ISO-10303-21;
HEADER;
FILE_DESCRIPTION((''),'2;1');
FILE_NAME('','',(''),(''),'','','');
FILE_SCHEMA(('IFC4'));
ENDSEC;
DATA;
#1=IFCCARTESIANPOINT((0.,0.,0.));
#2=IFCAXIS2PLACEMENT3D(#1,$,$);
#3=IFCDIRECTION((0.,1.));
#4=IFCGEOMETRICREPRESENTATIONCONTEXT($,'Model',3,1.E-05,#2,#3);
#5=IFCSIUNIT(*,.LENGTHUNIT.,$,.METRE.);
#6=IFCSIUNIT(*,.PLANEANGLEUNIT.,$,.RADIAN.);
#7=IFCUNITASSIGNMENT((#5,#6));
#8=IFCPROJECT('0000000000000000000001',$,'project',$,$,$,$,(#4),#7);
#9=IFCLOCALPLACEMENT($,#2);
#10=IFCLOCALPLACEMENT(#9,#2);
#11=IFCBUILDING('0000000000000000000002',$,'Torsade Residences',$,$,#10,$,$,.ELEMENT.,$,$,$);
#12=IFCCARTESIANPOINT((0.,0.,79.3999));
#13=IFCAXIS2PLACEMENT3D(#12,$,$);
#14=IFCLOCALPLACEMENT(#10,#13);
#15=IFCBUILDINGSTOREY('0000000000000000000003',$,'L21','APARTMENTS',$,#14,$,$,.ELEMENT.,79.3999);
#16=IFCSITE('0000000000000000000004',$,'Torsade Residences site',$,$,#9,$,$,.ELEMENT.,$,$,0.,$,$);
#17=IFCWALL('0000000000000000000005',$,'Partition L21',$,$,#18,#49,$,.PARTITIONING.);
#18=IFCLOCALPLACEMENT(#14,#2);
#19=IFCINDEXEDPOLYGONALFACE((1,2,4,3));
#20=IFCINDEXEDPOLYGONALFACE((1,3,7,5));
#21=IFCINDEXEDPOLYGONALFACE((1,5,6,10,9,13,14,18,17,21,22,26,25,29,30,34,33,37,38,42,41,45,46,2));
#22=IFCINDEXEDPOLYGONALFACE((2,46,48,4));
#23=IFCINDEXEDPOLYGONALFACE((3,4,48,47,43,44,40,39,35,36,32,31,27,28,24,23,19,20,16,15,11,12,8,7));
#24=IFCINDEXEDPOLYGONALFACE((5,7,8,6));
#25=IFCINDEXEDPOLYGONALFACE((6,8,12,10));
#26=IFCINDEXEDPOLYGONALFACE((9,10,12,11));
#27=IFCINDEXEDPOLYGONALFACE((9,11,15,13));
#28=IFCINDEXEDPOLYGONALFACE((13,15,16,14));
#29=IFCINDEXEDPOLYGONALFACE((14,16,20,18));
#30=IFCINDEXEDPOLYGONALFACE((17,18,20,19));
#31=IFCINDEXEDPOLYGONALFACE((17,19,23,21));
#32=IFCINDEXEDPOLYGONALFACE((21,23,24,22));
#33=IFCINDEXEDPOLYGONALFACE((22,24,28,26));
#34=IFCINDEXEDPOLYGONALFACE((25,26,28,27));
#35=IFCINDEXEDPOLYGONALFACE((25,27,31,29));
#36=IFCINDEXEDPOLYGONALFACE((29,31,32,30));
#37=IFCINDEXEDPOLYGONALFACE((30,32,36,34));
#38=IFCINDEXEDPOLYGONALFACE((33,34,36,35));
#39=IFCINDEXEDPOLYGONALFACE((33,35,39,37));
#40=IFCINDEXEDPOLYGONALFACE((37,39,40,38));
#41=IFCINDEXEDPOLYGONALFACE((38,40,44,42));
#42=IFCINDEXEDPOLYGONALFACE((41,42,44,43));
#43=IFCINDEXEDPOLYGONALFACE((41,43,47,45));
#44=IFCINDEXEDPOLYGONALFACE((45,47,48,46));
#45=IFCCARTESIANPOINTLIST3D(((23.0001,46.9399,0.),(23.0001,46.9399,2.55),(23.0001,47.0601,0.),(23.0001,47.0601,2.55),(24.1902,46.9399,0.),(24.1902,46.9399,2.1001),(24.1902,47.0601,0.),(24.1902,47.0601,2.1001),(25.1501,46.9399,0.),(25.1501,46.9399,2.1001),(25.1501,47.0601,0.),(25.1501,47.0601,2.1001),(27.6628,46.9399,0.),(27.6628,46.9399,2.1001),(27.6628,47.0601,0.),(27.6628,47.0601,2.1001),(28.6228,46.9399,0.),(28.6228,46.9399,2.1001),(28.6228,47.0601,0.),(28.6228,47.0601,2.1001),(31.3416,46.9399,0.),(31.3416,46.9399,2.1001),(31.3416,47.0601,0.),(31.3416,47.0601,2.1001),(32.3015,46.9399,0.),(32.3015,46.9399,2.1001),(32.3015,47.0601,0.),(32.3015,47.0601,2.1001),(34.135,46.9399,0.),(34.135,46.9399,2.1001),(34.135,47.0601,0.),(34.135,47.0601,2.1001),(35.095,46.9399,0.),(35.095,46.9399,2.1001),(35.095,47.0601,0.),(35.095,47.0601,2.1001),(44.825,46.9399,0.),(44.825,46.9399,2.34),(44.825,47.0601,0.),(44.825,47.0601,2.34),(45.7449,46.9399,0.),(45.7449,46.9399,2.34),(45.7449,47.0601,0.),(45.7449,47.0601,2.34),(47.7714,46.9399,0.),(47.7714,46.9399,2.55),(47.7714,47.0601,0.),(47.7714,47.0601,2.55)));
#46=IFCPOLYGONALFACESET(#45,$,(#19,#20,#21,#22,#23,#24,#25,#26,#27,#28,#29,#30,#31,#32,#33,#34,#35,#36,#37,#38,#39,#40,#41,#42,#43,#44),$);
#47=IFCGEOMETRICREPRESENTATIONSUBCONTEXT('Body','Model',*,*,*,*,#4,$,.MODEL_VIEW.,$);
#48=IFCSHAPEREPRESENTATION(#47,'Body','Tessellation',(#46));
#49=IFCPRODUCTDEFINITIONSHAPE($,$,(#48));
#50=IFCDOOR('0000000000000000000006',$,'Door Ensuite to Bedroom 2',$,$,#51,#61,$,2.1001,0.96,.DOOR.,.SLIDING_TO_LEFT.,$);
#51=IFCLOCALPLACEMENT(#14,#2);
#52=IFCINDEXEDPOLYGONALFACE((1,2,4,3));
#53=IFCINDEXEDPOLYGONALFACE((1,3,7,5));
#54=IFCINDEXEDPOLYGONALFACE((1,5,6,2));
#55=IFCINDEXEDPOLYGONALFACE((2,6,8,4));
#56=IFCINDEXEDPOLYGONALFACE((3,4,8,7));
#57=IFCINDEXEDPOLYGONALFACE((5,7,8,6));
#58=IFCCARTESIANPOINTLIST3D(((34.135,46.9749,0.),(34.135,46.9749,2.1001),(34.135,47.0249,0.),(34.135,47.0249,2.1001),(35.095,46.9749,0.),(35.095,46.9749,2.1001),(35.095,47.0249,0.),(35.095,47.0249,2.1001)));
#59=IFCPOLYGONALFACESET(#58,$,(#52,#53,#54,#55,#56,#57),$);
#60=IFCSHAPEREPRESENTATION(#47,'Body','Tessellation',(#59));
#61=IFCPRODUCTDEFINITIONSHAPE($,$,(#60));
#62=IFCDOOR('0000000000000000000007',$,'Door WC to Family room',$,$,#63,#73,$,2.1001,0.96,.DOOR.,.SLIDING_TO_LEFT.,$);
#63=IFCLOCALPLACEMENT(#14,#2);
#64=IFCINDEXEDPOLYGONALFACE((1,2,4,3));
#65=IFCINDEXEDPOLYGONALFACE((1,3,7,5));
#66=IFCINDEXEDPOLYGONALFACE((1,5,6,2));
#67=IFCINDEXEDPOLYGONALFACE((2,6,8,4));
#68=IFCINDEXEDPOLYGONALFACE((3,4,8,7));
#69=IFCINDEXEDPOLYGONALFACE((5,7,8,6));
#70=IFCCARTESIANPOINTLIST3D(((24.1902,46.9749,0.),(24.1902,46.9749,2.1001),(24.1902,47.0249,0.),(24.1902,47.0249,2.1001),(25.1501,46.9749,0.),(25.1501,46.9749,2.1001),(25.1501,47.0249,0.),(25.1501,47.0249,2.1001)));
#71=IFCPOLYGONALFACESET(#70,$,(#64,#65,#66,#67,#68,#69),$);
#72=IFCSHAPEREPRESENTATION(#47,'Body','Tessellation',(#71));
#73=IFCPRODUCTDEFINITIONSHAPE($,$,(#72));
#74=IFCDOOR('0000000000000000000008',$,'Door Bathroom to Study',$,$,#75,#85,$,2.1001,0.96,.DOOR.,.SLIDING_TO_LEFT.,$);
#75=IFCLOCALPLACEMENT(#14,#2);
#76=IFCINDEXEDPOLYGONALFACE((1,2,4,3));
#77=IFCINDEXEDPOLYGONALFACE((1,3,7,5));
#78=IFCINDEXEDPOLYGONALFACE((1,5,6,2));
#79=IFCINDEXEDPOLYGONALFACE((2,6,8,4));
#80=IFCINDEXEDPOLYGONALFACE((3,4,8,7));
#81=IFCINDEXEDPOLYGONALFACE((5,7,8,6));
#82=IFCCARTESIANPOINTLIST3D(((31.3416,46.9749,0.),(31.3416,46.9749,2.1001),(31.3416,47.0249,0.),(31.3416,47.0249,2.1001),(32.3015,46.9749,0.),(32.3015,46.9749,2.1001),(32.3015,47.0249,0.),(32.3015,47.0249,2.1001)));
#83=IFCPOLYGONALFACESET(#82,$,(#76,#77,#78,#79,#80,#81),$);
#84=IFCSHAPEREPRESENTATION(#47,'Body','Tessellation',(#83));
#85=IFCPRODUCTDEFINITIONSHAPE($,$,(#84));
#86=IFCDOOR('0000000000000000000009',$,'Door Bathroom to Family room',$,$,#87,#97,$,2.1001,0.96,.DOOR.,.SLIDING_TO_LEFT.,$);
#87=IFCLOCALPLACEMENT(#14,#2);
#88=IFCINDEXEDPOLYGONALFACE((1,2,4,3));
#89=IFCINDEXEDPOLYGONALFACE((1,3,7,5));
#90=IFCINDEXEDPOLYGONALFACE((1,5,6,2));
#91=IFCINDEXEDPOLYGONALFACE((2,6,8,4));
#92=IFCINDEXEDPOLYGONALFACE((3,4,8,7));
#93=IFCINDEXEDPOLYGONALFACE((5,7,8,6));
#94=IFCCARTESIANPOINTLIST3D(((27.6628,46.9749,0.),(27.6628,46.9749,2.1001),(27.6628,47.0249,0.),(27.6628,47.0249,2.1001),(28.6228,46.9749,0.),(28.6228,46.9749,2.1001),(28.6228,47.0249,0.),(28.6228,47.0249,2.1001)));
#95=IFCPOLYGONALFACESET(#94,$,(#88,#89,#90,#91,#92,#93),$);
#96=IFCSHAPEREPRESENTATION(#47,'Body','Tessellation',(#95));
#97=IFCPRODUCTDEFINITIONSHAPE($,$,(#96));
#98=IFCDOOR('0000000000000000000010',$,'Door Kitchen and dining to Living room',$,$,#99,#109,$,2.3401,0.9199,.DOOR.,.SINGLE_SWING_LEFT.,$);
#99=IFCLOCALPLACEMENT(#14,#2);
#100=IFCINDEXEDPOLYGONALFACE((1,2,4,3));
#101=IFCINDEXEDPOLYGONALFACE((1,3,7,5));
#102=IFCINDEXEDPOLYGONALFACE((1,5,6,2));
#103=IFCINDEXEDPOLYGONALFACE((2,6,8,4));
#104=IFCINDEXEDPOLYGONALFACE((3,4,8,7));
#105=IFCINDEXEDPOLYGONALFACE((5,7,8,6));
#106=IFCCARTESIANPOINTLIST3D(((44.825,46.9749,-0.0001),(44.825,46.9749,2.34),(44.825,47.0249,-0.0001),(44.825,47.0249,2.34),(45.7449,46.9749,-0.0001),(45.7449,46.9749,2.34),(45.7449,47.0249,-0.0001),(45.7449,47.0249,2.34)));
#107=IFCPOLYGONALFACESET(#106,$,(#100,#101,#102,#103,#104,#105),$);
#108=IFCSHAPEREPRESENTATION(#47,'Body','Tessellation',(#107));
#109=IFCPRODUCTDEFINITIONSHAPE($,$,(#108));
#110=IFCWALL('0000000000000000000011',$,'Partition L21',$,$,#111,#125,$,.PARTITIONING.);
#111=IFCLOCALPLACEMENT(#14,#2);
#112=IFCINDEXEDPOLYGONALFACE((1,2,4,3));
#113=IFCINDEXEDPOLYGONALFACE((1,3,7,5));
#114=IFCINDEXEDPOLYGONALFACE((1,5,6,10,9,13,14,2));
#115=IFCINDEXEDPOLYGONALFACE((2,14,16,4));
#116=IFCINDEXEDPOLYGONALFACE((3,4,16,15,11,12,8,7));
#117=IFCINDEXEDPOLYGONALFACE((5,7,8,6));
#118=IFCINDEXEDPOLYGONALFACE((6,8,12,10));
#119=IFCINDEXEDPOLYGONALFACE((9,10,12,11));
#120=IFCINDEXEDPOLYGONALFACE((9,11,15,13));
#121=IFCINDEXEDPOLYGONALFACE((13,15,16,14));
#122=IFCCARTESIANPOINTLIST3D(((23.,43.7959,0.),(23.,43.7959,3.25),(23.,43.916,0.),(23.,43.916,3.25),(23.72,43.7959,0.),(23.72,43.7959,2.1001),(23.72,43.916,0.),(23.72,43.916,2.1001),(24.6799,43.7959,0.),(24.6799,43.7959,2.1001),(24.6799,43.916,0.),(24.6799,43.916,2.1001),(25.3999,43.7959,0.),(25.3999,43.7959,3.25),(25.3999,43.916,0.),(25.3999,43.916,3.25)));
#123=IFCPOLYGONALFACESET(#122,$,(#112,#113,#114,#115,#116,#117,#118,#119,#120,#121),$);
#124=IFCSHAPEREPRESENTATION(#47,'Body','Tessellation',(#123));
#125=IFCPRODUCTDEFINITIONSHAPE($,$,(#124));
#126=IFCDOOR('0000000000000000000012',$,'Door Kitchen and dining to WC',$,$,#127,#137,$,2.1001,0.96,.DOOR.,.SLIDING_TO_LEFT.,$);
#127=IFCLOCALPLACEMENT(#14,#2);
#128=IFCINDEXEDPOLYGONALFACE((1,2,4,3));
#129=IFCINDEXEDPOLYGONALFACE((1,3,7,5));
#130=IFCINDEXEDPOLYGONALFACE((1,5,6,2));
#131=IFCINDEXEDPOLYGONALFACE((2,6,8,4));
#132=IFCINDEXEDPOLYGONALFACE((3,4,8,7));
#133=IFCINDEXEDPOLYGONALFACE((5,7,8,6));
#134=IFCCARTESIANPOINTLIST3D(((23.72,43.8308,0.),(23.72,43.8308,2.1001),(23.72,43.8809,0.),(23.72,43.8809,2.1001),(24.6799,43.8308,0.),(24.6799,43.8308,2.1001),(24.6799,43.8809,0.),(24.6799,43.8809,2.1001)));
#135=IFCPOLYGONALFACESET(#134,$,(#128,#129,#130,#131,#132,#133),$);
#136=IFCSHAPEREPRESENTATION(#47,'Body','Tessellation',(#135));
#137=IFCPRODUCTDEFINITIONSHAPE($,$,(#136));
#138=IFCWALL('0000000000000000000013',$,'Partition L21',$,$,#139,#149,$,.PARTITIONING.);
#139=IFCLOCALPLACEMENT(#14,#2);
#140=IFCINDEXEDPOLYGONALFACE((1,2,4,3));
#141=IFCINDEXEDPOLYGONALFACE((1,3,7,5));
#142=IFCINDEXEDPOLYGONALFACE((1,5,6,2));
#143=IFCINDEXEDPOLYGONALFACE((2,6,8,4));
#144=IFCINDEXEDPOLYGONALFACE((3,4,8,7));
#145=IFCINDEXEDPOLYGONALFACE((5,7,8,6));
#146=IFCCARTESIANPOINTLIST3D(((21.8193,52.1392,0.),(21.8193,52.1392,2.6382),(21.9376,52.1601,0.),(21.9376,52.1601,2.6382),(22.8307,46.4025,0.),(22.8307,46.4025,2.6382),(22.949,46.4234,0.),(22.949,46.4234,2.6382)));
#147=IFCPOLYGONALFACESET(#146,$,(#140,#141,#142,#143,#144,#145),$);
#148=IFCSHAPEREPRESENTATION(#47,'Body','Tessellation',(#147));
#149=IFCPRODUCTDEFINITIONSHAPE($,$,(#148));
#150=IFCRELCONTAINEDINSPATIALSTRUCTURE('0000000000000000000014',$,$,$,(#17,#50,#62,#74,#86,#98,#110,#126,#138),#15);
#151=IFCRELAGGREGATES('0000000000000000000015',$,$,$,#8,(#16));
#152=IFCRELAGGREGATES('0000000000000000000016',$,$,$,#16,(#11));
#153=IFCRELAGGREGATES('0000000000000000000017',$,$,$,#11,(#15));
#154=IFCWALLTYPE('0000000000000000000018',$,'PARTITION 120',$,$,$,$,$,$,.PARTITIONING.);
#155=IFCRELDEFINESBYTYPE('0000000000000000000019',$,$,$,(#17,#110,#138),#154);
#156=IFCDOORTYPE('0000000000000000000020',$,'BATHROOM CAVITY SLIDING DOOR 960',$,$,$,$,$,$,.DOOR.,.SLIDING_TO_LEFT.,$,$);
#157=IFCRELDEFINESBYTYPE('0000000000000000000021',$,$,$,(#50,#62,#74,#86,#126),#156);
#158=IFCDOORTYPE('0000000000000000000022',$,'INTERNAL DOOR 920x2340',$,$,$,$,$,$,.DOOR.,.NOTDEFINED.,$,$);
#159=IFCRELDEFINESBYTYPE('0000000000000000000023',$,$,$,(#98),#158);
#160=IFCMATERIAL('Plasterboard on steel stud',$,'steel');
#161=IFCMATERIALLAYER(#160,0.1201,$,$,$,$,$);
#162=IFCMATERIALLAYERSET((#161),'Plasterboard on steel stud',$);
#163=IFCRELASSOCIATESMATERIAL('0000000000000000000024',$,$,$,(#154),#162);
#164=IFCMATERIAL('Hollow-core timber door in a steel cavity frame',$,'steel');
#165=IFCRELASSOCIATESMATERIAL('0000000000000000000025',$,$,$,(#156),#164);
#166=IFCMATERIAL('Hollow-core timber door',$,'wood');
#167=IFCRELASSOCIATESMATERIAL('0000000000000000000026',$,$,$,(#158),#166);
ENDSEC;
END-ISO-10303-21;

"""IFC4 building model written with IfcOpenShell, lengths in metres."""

from ifc_helpers import new_model, si_unit, direction, frame, frame_2d, origin, place, context, subcontext, project, spatial, rectangle, extrude, material, layer, layer_set, type_object, element, fill, save


model = new_model("IFC4")

# Units and contexts
model_context = context("Model", 3, precision=1e-05, world=origin(), true_north=direction((0.0, 1.0)))
body_context = subcontext(model_context, "Body", "Model", "MODEL_VIEW")
ifc_project = project(units=[si_unit("LENGTHUNIT", "METRE"), si_unit("PLANEANGLEUNIT", "RADIAN")], contexts=[model_context])

# Site, building, storey
site_placement = place(None, origin())
site = spatial("IfcSite", under=ifc_project, at=site_placement, Name="Torsade Residences site", CompositionType="ELEMENT", RefElevation=0.0)
building_placement = place(site_placement, origin())
building = spatial("IfcBuilding", under=site, at=building_placement, Name="Torsade Residences", CompositionType="ELEMENT")
storey_placement = place(building_placement, frame((0.0, 0.0, 79.3999)))
storey = spatial("IfcBuildingStorey", under=building, at=storey_placement, Name="L21", Description="APARTMENTS", CompositionType="ELEMENT", Elevation=79.3999)

# Wall, openings, doors
ifc_material_1 = material(Name="Plasterboard on steel stud", Category="steel")
ifc_layer_1 = layer(ifc_material_1, 0.1201)
ifc_layer_set_1 = layer_set([ifc_layer_1], Name="Plasterboard on steel stud")
wall_type = type_object("IfcWallType", Name="PARTITION 120", PredefinedType="PARTITIONING", material=ifc_layer_set_1)
wall_1_placement = place(storey_placement, frame((23.0, 47.0, 0.0), z_axis=(0.0, 0.0, 1.0), x_axis=(1.0, 0.0, 0.0)))
wall_1 = element("IfcWall", 1, at=wall_1_placement, inside=storey, type_object=wall_type, Name="Partition L21", PredefinedType="PARTITIONING", context=body_context, shape_type="SweptSolid", body=[
    extrude(rectangle(XDim=24.7712, YDim=0.1201, at=frame_2d((12.3857, 0.0))), origin(), (0.0, 0.0, 1.0), 2.55),
])
opening_1_placement = place(wall_1_placement, frame((21.825, 0.0, 0.0)))
opening_1 = element("IfcOpeningElement", 2, at=opening_1_placement, cuts=wall_1, PredefinedType="OPENING", context=body_context, shape_type="SweptSolid", body=[
    extrude(rectangle(XDim=0.9199, YDim=2.3401, at=frame_2d((0.46, 1.1699))), frame((0.0, 0.0701, 0.0), z_axis=(0.0, -1.0, 0.0), x_axis=(1.0, 0.0, 0.0)), (0.0, 0.0, 1.0), 0.1401),
])
opening_2_placement = place(wall_1_placement, frame((11.135, 0.0, 0.0)))
opening_2 = element("IfcOpeningElement", 3, at=opening_2_placement, cuts=wall_1, PredefinedType="OPENING", context=body_context, shape_type="SweptSolid", body=[
    extrude(rectangle(XDim=0.96, YDim=2.1001, at=frame_2d((0.48, 1.05))), frame((0.0, 0.0701, 0.0), z_axis=(0.0, -1.0, 0.0), x_axis=(1.0, 0.0, 0.0)), (0.0, 0.0, 1.0), 0.1401),
])
opening_3_placement = place(wall_1_placement, frame((1.1902, 0.0, 0.0)))
opening_3 = element("IfcOpeningElement", 4, at=opening_3_placement, cuts=wall_1, PredefinedType="OPENING", context=body_context, shape_type="SweptSolid", body=[
    extrude(rectangle(XDim=0.96, YDim=2.1001, at=frame_2d((0.48, 1.05))), frame((0.0, 0.0701, 0.0), z_axis=(0.0, -1.0, 0.0), x_axis=(1.0, 0.0, 0.0)), (0.0, 0.0, 1.0), 0.1401),
])
opening_4_placement = place(wall_1_placement, frame((8.3416, 0.0, 0.0)))
opening_4 = element("IfcOpeningElement", 5, at=opening_4_placement, cuts=wall_1, PredefinedType="OPENING", context=body_context, shape_type="SweptSolid", body=[
    extrude(rectangle(XDim=0.96, YDim=2.1001, at=frame_2d((0.48, 1.05))), frame((0.0, 0.0701, 0.0), z_axis=(0.0, -1.0, 0.0), x_axis=(1.0, 0.0, 0.0)), (0.0, 0.0, 1.0), 0.1401),
])
opening_5_placement = place(wall_1_placement, frame((4.6628, 0.0, 0.0)))
opening_5 = element("IfcOpeningElement", 6, at=opening_5_placement, cuts=wall_1, PredefinedType="OPENING", context=body_context, shape_type="SweptSolid", body=[
    extrude(rectangle(XDim=0.96, YDim=2.1001, at=frame_2d((0.48, 1.05))), frame((0.0, 0.0701, 0.0), z_axis=(0.0, -1.0, 0.0), x_axis=(1.0, 0.0, 0.0)), (0.0, 0.0, 1.0), 0.1401),
])
ifc_material_2 = material(Name="Hollow-core timber door in a steel cavity frame", Category="steel")
door_type_1 = type_object("IfcDoorType", Name="BATHROOM CAVITY SLIDING DOOR 960", OperationType="SLIDING_TO_LEFT", PredefinedType="DOOR", material=ifc_material_2)
door_1_placement = place(opening_2_placement, origin())
door_1 = element("IfcDoor", 7, at=door_1_placement, inside=storey, type_object=door_type_1, Name="Door Ensuite to Bedroom 2", OperationType="SLIDING_TO_LEFT", OverallHeight=2.1001, OverallWidth=0.96, PredefinedType="DOOR", context=body_context, shape_type="SweptSolid", body=[
    extrude(rectangle(XDim=0.96, YDim=2.1001, at=frame_2d((0.48, 1.05))), frame((0.0, 0.0249, 0.0), z_axis=(0.0, -1.0, 0.0), x_axis=(1.0, 0.0, 0.0)), (0.0, 0.0, 1.0), 0.05),
])
fill(opening_2, door_1)
door_2_placement = place(opening_3_placement, origin())
door_2 = element("IfcDoor", 8, at=door_2_placement, inside=storey, type_object=door_type_1, Name="Door WC to Family room", OperationType="SLIDING_TO_LEFT", OverallHeight=2.1001, OverallWidth=0.96, PredefinedType="DOOR", context=body_context, shape_type="SweptSolid", body=[
    extrude(rectangle(XDim=0.96, YDim=2.1001, at=frame_2d((0.48, 1.05))), frame((0.0, 0.0249, 0.0), z_axis=(0.0, -1.0, 0.0), x_axis=(1.0, 0.0, 0.0)), (0.0, 0.0, 1.0), 0.05),
])
fill(opening_3, door_2)
door_3_placement = place(opening_4_placement, origin())
door_3 = element("IfcDoor", 9, at=door_3_placement, inside=storey, type_object=door_type_1, Name="Door Bathroom to Study", OperationType="SLIDING_TO_LEFT", OverallHeight=2.1001, OverallWidth=0.96, PredefinedType="DOOR", context=body_context, shape_type="SweptSolid", body=[
    extrude(rectangle(XDim=0.96, YDim=2.1001, at=frame_2d((0.48, 1.05))), frame((0.0, 0.0249, 0.0), z_axis=(0.0, -1.0, 0.0), x_axis=(1.0, 0.0, 0.0)), (0.0, 0.0, 1.0), 0.05),
])
fill(opening_4, door_3)
door_4_placement = place(opening_5_placement, origin())
door_4 = element("IfcDoor", 10, at=door_4_placement, inside=storey, type_object=door_type_1, Name="Door Bathroom to Family room", OperationType="SLIDING_TO_LEFT", OverallHeight=2.1001, OverallWidth=0.96, PredefinedType="DOOR", context=body_context, shape_type="SweptSolid", body=[
    extrude(rectangle(XDim=0.96, YDim=2.1001, at=frame_2d((0.48, 1.05))), frame((0.0, 0.0249, 0.0), z_axis=(0.0, -1.0, 0.0), x_axis=(1.0, 0.0, 0.0)), (0.0, 0.0, 1.0), 0.05),
])
fill(opening_5, door_4)
ifc_material_3 = material(Name="Hollow-core timber door", Category="wood")
door_type_2 = type_object("IfcDoorType", Name="INTERNAL DOOR 920x2340", OperationType="NOTDEFINED", PredefinedType="DOOR", material=ifc_material_3)
door_5_placement = place(opening_1_placement, origin())
door_5 = element("IfcDoor", 11, at=door_5_placement, inside=storey, type_object=door_type_2, Name="Door Kitchen and dining to Living room", OperationType="SINGLE_SWING_LEFT", OverallHeight=2.3401, OverallWidth=0.9199, PredefinedType="DOOR", context=body_context, shape_type="SweptSolid", body=[
    extrude(rectangle(XDim=0.9199, YDim=2.3401, at=frame_2d((0.46, 1.1699))), frame((0.0, 0.0249, 0.0), z_axis=(0.0, -1.0, 0.0), x_axis=(1.0, 0.0, 0.0)), (0.0, 0.0, 1.0), 0.05),
])
fill(opening_1, door_5)

# Wall, opening, door
wall_2_placement = place(storey_placement, frame((23.0, 43.856, 0.0), z_axis=(0.0, 0.0, 1.0), x_axis=(1.0, 0.0, 0.0)))
wall_2 = element("IfcWall", 12, at=wall_2_placement, inside=storey, type_object=wall_type, Name="Partition L21", PredefinedType="PARTITIONING", context=body_context, shape_type="SweptSolid", body=[
    extrude(rectangle(XDim=2.3999, YDim=0.1201, at=frame_2d((1.2, 0.0))), origin(), (0.0, 0.0, 1.0), 3.25),
])
opening_6_placement = place(wall_2_placement, frame((0.72, 0.0, 0.0)))
opening_6 = element("IfcOpeningElement", 13, at=opening_6_placement, cuts=wall_2, PredefinedType="OPENING", context=body_context, shape_type="SweptSolid", body=[
    extrude(rectangle(XDim=0.96, YDim=2.1001, at=frame_2d((0.48, 1.05))), frame((0.0, 0.0701, 0.0), z_axis=(0.0, -1.0, 0.0), x_axis=(1.0, 0.0, 0.0)), (0.0, 0.0, 1.0), 0.1401),
])
door_6_placement = place(opening_6_placement, origin())
door_6 = element("IfcDoor", 14, at=door_6_placement, inside=storey, type_object=door_type_1, Name="Door Kitchen and dining to WC", OperationType="SLIDING_TO_LEFT", OverallHeight=2.1001, OverallWidth=0.96, PredefinedType="DOOR", context=body_context, shape_type="SweptSolid", body=[
    extrude(rectangle(XDim=0.96, YDim=2.1001, at=frame_2d((0.48, 1.05))), frame((0.0, 0.0249, 0.0), z_axis=(0.0, -1.0, 0.0), x_axis=(1.0, 0.0, 0.0)), (0.0, 0.0, 1.0), 0.05),
])
fill(opening_6, door_6)

# Wall
wall_3_placement = place(storey_placement, frame((21.8784, 52.1497, 0.0), z_axis=(0.0, 0.0, 1.0), x_axis=(0.173635, -0.98481, 0.0)))
element("IfcWall", 15, at=wall_3_placement, inside=storey, type_object=wall_type, Name="Partition L21", PredefinedType="PARTITIONING", context=body_context, shape_type="SweptSolid", body=[
    extrude(rectangle(XDim=5.8252, YDim=0.1201, at=frame_2d((2.9126, 0.0))), origin(), (0.0, 0.0, 1.0), 2.6382),
])

save(model, "model.ifc")
